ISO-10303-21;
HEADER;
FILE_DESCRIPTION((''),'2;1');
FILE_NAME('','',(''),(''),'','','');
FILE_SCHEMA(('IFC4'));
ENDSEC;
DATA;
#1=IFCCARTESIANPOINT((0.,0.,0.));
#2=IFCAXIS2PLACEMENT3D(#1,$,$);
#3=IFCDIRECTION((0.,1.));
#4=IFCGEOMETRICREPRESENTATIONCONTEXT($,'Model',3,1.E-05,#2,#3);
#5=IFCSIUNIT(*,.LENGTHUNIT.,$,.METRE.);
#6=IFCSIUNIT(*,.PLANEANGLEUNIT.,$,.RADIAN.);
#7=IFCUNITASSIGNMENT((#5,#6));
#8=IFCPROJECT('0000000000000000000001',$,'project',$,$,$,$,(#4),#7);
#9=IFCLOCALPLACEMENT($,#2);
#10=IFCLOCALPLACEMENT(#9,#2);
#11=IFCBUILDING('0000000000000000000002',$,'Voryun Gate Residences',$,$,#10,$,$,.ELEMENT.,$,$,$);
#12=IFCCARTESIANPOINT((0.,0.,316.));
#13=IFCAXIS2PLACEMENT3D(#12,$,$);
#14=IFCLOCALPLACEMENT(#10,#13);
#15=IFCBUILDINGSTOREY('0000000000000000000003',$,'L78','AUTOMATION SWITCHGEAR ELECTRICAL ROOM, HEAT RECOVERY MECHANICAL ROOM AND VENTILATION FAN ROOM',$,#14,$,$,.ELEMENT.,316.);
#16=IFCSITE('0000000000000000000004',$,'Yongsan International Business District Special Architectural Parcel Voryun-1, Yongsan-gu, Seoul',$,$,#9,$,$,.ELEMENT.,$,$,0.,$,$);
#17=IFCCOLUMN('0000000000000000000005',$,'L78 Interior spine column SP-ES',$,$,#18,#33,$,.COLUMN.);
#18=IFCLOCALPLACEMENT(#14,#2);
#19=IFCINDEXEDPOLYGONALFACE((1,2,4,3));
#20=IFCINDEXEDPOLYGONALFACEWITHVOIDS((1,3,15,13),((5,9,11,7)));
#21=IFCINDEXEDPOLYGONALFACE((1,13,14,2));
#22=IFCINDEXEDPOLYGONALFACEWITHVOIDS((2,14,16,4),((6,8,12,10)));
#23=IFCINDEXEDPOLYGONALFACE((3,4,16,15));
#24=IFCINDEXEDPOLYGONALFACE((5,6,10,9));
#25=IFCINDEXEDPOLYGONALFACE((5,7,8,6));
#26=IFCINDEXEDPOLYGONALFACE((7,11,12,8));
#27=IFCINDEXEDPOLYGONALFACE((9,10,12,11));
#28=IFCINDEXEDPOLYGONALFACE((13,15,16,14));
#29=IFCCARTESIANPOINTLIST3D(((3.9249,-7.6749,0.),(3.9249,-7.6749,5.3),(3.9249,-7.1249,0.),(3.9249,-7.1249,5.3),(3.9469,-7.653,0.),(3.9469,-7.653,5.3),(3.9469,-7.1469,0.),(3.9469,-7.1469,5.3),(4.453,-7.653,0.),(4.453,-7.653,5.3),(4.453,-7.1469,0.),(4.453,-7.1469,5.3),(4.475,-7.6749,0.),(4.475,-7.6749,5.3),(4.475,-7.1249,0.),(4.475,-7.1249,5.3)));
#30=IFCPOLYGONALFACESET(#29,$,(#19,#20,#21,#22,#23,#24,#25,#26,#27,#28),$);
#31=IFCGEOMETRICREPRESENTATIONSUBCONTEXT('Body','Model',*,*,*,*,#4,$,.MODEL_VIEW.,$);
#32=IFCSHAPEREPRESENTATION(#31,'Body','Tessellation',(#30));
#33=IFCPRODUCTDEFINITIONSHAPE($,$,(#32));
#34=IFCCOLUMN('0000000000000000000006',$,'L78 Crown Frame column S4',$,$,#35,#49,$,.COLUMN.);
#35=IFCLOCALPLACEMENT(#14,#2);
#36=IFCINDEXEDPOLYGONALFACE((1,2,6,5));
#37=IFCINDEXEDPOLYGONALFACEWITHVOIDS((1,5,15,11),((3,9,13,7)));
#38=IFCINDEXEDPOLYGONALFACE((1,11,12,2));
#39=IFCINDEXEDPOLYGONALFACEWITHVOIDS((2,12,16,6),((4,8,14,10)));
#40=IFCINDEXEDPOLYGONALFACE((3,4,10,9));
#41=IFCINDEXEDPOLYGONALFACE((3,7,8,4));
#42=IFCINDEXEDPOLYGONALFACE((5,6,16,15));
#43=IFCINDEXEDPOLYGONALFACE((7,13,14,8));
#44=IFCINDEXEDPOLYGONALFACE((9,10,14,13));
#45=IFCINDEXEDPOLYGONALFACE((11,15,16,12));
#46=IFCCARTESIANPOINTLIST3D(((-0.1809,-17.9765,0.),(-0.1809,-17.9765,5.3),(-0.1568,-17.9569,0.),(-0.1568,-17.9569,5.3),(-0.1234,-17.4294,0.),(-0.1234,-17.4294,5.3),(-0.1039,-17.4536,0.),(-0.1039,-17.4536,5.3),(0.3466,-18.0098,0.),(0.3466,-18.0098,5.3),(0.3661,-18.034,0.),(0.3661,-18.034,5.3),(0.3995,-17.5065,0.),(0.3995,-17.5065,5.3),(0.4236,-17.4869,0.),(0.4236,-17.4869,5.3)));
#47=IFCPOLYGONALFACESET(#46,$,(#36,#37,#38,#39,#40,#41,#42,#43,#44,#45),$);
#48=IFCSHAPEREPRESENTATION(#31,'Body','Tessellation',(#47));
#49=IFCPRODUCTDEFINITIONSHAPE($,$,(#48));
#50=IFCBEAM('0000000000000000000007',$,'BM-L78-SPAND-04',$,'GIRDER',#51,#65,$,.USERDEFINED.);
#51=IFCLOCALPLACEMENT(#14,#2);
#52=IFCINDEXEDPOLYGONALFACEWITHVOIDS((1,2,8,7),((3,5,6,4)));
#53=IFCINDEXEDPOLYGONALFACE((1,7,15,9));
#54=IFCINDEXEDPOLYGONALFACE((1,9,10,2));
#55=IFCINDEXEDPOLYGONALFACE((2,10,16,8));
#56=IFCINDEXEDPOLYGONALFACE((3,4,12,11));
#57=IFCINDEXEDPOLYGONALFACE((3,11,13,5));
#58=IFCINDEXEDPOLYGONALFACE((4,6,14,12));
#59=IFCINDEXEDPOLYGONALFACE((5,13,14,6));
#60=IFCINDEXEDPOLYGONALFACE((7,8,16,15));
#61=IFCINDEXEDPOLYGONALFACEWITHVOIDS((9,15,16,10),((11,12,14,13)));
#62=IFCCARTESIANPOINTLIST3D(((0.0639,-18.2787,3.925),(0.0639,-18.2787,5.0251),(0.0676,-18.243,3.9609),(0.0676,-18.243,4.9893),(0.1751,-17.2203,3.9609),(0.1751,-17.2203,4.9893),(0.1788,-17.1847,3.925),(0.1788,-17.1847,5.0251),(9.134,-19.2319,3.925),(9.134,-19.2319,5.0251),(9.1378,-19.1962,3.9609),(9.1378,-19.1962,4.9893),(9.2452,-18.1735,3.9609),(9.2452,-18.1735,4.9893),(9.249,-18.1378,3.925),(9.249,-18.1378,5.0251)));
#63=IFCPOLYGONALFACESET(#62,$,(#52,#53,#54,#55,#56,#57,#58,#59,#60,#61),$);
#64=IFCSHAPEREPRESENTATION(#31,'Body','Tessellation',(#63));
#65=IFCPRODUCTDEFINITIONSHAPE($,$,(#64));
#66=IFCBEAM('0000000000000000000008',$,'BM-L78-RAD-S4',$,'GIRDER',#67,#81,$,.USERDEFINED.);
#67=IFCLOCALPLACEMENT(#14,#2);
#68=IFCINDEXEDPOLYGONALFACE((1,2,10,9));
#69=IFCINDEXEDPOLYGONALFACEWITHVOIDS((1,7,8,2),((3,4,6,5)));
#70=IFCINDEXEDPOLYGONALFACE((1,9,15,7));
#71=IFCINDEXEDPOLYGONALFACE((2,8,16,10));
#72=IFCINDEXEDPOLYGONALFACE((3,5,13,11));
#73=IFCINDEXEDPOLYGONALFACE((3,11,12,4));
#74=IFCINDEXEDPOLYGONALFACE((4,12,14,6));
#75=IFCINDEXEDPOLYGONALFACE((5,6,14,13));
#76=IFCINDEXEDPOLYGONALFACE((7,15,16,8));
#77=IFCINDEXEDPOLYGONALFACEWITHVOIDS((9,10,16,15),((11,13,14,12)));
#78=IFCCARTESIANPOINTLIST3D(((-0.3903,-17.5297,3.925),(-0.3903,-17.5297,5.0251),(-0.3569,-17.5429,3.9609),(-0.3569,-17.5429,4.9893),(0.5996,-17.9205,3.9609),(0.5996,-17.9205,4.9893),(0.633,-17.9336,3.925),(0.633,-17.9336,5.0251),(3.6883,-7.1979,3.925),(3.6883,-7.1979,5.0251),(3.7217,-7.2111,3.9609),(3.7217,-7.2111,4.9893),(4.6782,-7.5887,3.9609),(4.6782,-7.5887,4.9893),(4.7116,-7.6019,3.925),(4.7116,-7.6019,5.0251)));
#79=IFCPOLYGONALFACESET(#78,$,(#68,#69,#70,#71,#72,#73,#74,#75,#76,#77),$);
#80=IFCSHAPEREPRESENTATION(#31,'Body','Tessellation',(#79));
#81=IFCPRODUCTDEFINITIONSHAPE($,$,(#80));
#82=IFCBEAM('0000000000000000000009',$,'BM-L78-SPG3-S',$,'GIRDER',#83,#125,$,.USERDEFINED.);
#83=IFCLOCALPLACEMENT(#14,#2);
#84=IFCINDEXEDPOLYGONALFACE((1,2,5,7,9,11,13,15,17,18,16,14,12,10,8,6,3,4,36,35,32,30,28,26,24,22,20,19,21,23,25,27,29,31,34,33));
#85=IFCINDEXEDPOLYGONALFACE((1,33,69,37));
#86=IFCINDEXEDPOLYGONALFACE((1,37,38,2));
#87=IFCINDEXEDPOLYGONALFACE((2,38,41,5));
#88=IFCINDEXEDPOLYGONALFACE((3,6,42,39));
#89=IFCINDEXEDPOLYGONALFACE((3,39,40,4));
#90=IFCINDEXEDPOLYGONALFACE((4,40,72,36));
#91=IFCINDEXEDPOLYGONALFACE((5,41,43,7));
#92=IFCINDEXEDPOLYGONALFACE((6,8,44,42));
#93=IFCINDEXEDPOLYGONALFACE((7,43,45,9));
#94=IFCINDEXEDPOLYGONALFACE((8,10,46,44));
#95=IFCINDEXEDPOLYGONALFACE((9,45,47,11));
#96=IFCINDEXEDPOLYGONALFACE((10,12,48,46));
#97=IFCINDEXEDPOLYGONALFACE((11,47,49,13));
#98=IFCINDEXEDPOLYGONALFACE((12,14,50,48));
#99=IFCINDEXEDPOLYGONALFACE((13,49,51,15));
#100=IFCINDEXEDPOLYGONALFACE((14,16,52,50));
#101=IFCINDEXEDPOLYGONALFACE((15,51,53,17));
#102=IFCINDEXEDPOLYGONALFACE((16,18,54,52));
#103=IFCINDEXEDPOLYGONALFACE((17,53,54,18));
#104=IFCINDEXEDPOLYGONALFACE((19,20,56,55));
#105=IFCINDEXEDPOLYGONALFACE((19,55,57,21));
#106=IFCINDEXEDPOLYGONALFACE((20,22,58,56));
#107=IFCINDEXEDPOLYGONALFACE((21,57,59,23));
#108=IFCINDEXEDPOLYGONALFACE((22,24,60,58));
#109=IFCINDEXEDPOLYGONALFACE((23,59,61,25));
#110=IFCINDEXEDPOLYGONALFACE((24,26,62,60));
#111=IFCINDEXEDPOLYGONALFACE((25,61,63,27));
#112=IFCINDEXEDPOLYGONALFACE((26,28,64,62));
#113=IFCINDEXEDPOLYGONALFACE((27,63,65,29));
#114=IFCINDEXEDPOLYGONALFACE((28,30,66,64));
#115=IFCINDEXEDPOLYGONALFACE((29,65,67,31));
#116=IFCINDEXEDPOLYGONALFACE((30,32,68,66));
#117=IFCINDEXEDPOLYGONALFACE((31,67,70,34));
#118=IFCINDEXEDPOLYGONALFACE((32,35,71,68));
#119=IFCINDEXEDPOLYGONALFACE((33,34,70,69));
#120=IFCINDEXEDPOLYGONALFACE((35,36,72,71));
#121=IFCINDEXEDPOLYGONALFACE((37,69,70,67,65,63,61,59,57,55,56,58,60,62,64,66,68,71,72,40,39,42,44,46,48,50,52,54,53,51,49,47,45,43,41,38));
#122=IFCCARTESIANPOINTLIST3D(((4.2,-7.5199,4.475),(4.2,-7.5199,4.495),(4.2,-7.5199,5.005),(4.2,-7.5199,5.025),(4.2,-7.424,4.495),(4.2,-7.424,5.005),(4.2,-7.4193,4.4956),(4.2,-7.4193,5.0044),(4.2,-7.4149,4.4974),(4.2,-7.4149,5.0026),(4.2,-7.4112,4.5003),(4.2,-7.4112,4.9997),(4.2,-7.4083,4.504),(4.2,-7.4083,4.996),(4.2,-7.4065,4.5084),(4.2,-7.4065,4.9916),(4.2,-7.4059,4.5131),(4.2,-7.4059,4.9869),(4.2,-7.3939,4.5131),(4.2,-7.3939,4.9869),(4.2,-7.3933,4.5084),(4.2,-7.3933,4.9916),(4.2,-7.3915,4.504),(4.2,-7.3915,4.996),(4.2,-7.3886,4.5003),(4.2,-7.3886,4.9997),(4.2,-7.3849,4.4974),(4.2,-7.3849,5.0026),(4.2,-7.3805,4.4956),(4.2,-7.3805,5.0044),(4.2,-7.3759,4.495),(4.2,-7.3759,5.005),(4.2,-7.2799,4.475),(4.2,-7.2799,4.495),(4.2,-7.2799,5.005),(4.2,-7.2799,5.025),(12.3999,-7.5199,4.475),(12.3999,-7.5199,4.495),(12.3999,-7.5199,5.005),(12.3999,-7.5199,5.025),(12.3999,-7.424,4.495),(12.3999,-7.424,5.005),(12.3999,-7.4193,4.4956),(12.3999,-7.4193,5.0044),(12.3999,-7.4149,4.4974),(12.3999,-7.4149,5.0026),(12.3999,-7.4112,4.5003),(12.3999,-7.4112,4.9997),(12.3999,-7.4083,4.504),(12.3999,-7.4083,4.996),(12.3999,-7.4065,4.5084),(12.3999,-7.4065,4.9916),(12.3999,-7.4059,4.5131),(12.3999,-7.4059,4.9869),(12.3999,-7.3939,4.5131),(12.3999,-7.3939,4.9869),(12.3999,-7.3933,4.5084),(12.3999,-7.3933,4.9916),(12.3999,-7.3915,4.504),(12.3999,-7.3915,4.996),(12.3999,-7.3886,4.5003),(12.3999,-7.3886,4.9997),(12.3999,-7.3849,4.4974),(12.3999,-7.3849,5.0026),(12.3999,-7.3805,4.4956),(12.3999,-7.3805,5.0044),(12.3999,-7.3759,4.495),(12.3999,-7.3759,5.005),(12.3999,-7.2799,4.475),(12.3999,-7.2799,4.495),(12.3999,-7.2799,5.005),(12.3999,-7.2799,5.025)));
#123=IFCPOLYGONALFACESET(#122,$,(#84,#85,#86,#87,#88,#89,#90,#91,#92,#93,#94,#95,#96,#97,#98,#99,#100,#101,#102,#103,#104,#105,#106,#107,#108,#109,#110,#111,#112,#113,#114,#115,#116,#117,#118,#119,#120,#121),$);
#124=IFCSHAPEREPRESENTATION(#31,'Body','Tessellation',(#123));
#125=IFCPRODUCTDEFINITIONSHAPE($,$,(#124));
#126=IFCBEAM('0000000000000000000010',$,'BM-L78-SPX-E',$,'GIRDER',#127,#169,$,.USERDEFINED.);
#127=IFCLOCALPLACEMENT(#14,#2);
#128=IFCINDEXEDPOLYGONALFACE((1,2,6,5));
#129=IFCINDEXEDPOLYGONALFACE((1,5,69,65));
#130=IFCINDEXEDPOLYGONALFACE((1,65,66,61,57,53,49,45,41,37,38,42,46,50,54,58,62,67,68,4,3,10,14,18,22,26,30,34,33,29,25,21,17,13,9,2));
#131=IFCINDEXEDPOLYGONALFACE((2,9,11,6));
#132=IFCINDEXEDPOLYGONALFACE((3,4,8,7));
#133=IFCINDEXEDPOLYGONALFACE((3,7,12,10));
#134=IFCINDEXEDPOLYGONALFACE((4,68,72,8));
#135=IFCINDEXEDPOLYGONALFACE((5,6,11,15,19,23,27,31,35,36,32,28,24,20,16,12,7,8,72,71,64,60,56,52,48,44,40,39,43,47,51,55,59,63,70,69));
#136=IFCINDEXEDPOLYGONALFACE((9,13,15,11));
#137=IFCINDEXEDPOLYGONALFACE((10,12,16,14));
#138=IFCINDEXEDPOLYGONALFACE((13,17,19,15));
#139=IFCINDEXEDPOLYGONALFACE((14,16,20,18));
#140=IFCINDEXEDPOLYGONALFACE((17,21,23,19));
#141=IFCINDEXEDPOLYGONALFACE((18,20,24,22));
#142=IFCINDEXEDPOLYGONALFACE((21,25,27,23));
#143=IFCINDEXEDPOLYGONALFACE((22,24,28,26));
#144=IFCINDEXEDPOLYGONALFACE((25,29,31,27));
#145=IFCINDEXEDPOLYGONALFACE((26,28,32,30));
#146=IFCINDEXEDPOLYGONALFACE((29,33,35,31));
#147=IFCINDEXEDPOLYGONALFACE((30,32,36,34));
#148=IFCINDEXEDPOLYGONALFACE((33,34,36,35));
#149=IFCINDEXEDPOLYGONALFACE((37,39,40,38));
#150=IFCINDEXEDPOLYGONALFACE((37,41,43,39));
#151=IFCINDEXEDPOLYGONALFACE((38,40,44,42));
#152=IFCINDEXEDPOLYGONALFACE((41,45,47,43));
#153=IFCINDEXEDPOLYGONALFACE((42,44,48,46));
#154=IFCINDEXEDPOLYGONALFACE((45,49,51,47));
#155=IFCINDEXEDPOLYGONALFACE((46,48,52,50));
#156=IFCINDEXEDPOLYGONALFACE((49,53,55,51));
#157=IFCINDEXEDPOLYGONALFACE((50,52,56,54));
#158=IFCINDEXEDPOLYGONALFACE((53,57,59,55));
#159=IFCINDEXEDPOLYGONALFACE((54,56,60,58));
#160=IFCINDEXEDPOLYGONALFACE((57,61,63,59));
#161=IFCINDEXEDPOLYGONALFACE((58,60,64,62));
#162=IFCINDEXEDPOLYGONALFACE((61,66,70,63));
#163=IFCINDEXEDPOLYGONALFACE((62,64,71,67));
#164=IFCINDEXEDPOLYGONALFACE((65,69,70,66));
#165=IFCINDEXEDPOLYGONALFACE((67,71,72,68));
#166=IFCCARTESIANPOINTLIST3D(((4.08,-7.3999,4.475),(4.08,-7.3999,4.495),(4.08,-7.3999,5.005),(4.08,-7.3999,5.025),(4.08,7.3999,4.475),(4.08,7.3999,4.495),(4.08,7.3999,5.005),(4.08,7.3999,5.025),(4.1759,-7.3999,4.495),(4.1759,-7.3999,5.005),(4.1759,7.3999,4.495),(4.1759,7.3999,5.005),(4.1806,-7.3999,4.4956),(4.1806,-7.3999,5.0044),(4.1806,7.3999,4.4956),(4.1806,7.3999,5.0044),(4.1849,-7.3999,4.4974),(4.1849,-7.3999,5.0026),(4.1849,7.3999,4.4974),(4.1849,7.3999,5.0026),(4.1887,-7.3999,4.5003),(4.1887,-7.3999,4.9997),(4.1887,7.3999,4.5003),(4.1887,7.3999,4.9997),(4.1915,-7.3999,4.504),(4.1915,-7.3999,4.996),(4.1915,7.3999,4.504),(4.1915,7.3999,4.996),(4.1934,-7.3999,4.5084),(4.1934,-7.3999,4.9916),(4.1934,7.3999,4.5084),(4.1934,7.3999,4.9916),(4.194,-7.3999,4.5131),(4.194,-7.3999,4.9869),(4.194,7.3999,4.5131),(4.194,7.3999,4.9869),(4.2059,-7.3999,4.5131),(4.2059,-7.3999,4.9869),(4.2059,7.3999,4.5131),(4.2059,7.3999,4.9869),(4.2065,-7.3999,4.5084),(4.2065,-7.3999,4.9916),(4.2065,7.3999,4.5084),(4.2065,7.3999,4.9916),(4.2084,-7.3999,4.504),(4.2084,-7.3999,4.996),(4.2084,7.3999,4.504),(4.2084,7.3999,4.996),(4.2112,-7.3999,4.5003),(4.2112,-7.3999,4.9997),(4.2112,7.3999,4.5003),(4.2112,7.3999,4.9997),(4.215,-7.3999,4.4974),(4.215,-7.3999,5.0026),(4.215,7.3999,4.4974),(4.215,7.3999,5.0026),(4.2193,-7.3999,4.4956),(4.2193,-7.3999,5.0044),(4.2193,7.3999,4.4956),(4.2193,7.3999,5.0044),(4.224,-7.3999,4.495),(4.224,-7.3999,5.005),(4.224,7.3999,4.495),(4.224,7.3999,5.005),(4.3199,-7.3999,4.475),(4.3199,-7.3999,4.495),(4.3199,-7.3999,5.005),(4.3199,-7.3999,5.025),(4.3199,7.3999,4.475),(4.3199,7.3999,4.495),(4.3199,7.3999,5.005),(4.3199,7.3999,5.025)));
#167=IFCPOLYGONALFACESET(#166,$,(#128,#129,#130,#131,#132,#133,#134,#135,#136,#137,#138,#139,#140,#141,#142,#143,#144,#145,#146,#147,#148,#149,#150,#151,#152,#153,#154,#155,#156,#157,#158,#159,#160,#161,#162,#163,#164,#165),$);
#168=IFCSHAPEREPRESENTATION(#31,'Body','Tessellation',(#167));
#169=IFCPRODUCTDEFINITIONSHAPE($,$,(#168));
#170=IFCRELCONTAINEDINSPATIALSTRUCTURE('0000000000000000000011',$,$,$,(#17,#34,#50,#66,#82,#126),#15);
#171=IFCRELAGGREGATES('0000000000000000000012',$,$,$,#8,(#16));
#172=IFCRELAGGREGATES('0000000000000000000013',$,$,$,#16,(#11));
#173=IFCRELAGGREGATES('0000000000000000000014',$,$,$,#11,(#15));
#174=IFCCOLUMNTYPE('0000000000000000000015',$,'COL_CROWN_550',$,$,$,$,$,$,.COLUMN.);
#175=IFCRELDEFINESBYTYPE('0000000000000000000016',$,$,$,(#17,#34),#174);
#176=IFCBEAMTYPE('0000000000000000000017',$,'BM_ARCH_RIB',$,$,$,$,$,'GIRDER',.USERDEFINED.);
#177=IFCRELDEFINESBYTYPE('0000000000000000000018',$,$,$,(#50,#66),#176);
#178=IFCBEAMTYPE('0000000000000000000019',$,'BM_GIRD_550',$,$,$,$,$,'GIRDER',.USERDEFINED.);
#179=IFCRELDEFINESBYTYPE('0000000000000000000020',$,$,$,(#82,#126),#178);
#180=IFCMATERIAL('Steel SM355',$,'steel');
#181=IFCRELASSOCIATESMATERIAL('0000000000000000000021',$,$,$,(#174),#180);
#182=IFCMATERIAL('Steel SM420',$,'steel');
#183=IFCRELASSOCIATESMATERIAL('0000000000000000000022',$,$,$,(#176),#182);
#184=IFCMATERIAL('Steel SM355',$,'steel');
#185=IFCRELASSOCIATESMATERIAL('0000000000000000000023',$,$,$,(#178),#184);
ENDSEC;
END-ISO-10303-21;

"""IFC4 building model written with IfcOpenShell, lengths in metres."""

from ifc_helpers import new_model, si_unit, direction, frame, origin, origin_2d, place, context, subcontext, project, spatial, hollow_rectangle, i_section, extrude, material, material_profile, profile_set, type_object, element, save


model = new_model("IFC4")

# Units and contexts
model_context = context("Model", 3, precision=1e-05, world=origin(), true_north=direction((0.0, 1.0)))
body_context = subcontext(model_context, "Body", "Model", "MODEL_VIEW")
ifc_project = project(units=[si_unit("LENGTHUNIT", "METRE"), si_unit("PLANEANGLEUNIT", "RADIAN")], contexts=[model_context])

# Site, building, storey
site_placement = place(None, origin())
site = spatial("IfcSite", under=ifc_project, at=site_placement, Name="Yongsan International Business District Special Architectural Parcel Voryun-1, Yongsan-gu, Seoul", CompositionType="ELEMENT", RefElevation=0.0)
building_placement = place(site_placement, origin())
building = spatial("IfcBuilding", under=site, at=building_placement, Name="Voryun Gate Residences", CompositionType="ELEMENT")
storey_placement = place(building_placement, frame((0.0, 0.0, 316.0)))
storey = spatial("IfcBuildingStorey", under=building, at=storey_placement, Name="L78", Description="AUTOMATION SWITCHGEAR ELECTRICAL ROOM, HEAT RECOVERY MECHANICAL ROOM AND VENTILATION FAN ROOM", CompositionType="ELEMENT", Elevation=316.0)

# Columns
ifc_material_1 = material(Name="Steel SM355", Category="steel")
ifc_material_profile_1 = material_profile(ifc_material_1, hollow_rectangle(XDim=0.55, YDim=0.55, WallThickness=0.022, at=origin_2d()), Name="BOX-550x550x22")
ifc_profile_set_1 = profile_set([ifc_material_profile_1], Name="Steel SM355")
column_type = type_object("IfcColumnType", Name="COL_CROWN_550", PredefinedType="COLUMN", material=ifc_profile_set_1)
for number, where, z_axis, x_axis, name in (
    (1, (4.2, -7.3999, 0.0), (0.0, 0.0, 1.0), (1.0, 0.0, 0.0), "L78 Interior spine column SP-ES"),
    (2, (0.1213, -17.7317, 0.0), (0.0, 0.0, 1.0), (0.994522, -0.104528, 0.0), "L78 Crown Frame column S4"),
):
    element("IfcColumn", number, at=place(storey_placement, frame(where, z_axis=z_axis, x_axis=x_axis)), inside=storey, type_object=column_type, Name=name, PredefinedType="COLUMN", context=body_context, shape_type="SweptSolid", body=[
        extrude(hollow_rectangle(XDim=0.55, YDim=0.55, WallThickness=0.022, at=origin_2d()), origin(), (0.0, 0.0, 1.0), 5.3),
    ])

# Beams
ifc_material_2 = material(Name="Steel SM420", Category="steel")
ifc_material_profile_2 = material_profile(ifc_material_2, hollow_rectangle(XDim=1.1001, YDim=1.1001, WallThickness=0.0359, at=origin_2d()), Name="BOX-1100x1100x36")
ifc_profile_set_2 = profile_set([ifc_material_profile_2], Name="Steel SM420")
beam_type_1 = type_object("IfcBeamType", Name="BM_ARCH_RIB", ElementType="GIRDER", PredefinedType="USERDEFINED", material=ifc_profile_set_2)
beam_1_placement = place(storey_placement, frame((0.1213, -17.7317, 4.4751), z_axis=(0.994524, -0.104509, 0.0), x_axis=(0.104509, 0.994524, 0.0)))
element("IfcBeam", 3, at=beam_1_placement, inside=storey, type_object=beam_type_1, Name="BM-L78-SPAND-04", ObjectType="GIRDER", PredefinedType="USERDEFINED", context=body_context, shape_type="SweptSolid", body=[
    extrude(hollow_rectangle(XDim=1.1001, YDim=1.1001, WallThickness=0.0359, at=origin_2d()), origin(), (0.0, 0.0, 1.0), 9.1201),
])
beam_2_placement = place(storey_placement, frame((4.2, -7.3999, 4.4751), z_axis=(-0.367188, -0.930147, 0.0), x_axis=(0.930147, -0.367188, 0.0)))
element("IfcBeam", 4, at=beam_2_placement, inside=storey, type_object=beam_type_1, Name="BM-L78-RAD-S4", ObjectType="GIRDER", PredefinedType="USERDEFINED", context=body_context, shape_type="SweptSolid", body=[
    extrude(hollow_rectangle(XDim=1.1001, YDim=1.1001, WallThickness=0.0359, at=origin_2d()), origin(), (0.0, 0.0, 1.0), 11.1077),
])
ifc_material_3 = material(Name="Steel SM355", Category="steel")
ifc_material_profile_3 = material_profile(ifc_material_3, i_section(OverallWidth=0.24, OverallDepth=0.55, WebThickness=0.012, FlangeThickness=0.02, FilletRadius=0.0181, at=origin_2d()), Name="H-550x240x12x20")
ifc_profile_set_3 = profile_set([ifc_material_profile_3], Name="Steel SM355")
beam_type_2 = type_object("IfcBeamType", Name="BM_GIRD_550", ElementType="GIRDER", PredefinedType="USERDEFINED", material=ifc_profile_set_3)
beam_3_placement = place(storey_placement, frame((4.2, -7.3999, 4.75), z_axis=(1.0, 0.0, 0.0), x_axis=(0.0, 1.0, 0.0)))
element("IfcBeam", 5, at=beam_3_placement, inside=storey, type_object=beam_type_2, Name="BM-L78-SPG3-S", ObjectType="GIRDER", PredefinedType="USERDEFINED", context=body_context, shape_type="SweptSolid", body=[
    extrude(i_section(OverallWidth=0.24, OverallDepth=0.55, WebThickness=0.012, FlangeThickness=0.02, FilletRadius=0.0181, at=origin_2d()), origin(), (0.0, 0.0, 1.0), 8.2),
])
beam_4_placement = place(storey_placement, frame((4.2, -7.3999, 4.75), z_axis=(0.0, 1.0, 0.0), x_axis=(-1.0, 0.0, 0.0)))
element("IfcBeam", 6, at=beam_4_placement, inside=storey, type_object=beam_type_2, Name="BM-L78-SPX-E", ObjectType="GIRDER", PredefinedType="USERDEFINED", context=body_context, shape_type="SweptSolid", body=[
    extrude(i_section(OverallWidth=0.24, OverallDepth=0.55, WebThickness=0.012, FlangeThickness=0.02, FilletRadius=0.0181, at=origin_2d()), origin(), (0.0, 0.0, 1.0), 14.7998),
])

save(model, "model.ifc")
